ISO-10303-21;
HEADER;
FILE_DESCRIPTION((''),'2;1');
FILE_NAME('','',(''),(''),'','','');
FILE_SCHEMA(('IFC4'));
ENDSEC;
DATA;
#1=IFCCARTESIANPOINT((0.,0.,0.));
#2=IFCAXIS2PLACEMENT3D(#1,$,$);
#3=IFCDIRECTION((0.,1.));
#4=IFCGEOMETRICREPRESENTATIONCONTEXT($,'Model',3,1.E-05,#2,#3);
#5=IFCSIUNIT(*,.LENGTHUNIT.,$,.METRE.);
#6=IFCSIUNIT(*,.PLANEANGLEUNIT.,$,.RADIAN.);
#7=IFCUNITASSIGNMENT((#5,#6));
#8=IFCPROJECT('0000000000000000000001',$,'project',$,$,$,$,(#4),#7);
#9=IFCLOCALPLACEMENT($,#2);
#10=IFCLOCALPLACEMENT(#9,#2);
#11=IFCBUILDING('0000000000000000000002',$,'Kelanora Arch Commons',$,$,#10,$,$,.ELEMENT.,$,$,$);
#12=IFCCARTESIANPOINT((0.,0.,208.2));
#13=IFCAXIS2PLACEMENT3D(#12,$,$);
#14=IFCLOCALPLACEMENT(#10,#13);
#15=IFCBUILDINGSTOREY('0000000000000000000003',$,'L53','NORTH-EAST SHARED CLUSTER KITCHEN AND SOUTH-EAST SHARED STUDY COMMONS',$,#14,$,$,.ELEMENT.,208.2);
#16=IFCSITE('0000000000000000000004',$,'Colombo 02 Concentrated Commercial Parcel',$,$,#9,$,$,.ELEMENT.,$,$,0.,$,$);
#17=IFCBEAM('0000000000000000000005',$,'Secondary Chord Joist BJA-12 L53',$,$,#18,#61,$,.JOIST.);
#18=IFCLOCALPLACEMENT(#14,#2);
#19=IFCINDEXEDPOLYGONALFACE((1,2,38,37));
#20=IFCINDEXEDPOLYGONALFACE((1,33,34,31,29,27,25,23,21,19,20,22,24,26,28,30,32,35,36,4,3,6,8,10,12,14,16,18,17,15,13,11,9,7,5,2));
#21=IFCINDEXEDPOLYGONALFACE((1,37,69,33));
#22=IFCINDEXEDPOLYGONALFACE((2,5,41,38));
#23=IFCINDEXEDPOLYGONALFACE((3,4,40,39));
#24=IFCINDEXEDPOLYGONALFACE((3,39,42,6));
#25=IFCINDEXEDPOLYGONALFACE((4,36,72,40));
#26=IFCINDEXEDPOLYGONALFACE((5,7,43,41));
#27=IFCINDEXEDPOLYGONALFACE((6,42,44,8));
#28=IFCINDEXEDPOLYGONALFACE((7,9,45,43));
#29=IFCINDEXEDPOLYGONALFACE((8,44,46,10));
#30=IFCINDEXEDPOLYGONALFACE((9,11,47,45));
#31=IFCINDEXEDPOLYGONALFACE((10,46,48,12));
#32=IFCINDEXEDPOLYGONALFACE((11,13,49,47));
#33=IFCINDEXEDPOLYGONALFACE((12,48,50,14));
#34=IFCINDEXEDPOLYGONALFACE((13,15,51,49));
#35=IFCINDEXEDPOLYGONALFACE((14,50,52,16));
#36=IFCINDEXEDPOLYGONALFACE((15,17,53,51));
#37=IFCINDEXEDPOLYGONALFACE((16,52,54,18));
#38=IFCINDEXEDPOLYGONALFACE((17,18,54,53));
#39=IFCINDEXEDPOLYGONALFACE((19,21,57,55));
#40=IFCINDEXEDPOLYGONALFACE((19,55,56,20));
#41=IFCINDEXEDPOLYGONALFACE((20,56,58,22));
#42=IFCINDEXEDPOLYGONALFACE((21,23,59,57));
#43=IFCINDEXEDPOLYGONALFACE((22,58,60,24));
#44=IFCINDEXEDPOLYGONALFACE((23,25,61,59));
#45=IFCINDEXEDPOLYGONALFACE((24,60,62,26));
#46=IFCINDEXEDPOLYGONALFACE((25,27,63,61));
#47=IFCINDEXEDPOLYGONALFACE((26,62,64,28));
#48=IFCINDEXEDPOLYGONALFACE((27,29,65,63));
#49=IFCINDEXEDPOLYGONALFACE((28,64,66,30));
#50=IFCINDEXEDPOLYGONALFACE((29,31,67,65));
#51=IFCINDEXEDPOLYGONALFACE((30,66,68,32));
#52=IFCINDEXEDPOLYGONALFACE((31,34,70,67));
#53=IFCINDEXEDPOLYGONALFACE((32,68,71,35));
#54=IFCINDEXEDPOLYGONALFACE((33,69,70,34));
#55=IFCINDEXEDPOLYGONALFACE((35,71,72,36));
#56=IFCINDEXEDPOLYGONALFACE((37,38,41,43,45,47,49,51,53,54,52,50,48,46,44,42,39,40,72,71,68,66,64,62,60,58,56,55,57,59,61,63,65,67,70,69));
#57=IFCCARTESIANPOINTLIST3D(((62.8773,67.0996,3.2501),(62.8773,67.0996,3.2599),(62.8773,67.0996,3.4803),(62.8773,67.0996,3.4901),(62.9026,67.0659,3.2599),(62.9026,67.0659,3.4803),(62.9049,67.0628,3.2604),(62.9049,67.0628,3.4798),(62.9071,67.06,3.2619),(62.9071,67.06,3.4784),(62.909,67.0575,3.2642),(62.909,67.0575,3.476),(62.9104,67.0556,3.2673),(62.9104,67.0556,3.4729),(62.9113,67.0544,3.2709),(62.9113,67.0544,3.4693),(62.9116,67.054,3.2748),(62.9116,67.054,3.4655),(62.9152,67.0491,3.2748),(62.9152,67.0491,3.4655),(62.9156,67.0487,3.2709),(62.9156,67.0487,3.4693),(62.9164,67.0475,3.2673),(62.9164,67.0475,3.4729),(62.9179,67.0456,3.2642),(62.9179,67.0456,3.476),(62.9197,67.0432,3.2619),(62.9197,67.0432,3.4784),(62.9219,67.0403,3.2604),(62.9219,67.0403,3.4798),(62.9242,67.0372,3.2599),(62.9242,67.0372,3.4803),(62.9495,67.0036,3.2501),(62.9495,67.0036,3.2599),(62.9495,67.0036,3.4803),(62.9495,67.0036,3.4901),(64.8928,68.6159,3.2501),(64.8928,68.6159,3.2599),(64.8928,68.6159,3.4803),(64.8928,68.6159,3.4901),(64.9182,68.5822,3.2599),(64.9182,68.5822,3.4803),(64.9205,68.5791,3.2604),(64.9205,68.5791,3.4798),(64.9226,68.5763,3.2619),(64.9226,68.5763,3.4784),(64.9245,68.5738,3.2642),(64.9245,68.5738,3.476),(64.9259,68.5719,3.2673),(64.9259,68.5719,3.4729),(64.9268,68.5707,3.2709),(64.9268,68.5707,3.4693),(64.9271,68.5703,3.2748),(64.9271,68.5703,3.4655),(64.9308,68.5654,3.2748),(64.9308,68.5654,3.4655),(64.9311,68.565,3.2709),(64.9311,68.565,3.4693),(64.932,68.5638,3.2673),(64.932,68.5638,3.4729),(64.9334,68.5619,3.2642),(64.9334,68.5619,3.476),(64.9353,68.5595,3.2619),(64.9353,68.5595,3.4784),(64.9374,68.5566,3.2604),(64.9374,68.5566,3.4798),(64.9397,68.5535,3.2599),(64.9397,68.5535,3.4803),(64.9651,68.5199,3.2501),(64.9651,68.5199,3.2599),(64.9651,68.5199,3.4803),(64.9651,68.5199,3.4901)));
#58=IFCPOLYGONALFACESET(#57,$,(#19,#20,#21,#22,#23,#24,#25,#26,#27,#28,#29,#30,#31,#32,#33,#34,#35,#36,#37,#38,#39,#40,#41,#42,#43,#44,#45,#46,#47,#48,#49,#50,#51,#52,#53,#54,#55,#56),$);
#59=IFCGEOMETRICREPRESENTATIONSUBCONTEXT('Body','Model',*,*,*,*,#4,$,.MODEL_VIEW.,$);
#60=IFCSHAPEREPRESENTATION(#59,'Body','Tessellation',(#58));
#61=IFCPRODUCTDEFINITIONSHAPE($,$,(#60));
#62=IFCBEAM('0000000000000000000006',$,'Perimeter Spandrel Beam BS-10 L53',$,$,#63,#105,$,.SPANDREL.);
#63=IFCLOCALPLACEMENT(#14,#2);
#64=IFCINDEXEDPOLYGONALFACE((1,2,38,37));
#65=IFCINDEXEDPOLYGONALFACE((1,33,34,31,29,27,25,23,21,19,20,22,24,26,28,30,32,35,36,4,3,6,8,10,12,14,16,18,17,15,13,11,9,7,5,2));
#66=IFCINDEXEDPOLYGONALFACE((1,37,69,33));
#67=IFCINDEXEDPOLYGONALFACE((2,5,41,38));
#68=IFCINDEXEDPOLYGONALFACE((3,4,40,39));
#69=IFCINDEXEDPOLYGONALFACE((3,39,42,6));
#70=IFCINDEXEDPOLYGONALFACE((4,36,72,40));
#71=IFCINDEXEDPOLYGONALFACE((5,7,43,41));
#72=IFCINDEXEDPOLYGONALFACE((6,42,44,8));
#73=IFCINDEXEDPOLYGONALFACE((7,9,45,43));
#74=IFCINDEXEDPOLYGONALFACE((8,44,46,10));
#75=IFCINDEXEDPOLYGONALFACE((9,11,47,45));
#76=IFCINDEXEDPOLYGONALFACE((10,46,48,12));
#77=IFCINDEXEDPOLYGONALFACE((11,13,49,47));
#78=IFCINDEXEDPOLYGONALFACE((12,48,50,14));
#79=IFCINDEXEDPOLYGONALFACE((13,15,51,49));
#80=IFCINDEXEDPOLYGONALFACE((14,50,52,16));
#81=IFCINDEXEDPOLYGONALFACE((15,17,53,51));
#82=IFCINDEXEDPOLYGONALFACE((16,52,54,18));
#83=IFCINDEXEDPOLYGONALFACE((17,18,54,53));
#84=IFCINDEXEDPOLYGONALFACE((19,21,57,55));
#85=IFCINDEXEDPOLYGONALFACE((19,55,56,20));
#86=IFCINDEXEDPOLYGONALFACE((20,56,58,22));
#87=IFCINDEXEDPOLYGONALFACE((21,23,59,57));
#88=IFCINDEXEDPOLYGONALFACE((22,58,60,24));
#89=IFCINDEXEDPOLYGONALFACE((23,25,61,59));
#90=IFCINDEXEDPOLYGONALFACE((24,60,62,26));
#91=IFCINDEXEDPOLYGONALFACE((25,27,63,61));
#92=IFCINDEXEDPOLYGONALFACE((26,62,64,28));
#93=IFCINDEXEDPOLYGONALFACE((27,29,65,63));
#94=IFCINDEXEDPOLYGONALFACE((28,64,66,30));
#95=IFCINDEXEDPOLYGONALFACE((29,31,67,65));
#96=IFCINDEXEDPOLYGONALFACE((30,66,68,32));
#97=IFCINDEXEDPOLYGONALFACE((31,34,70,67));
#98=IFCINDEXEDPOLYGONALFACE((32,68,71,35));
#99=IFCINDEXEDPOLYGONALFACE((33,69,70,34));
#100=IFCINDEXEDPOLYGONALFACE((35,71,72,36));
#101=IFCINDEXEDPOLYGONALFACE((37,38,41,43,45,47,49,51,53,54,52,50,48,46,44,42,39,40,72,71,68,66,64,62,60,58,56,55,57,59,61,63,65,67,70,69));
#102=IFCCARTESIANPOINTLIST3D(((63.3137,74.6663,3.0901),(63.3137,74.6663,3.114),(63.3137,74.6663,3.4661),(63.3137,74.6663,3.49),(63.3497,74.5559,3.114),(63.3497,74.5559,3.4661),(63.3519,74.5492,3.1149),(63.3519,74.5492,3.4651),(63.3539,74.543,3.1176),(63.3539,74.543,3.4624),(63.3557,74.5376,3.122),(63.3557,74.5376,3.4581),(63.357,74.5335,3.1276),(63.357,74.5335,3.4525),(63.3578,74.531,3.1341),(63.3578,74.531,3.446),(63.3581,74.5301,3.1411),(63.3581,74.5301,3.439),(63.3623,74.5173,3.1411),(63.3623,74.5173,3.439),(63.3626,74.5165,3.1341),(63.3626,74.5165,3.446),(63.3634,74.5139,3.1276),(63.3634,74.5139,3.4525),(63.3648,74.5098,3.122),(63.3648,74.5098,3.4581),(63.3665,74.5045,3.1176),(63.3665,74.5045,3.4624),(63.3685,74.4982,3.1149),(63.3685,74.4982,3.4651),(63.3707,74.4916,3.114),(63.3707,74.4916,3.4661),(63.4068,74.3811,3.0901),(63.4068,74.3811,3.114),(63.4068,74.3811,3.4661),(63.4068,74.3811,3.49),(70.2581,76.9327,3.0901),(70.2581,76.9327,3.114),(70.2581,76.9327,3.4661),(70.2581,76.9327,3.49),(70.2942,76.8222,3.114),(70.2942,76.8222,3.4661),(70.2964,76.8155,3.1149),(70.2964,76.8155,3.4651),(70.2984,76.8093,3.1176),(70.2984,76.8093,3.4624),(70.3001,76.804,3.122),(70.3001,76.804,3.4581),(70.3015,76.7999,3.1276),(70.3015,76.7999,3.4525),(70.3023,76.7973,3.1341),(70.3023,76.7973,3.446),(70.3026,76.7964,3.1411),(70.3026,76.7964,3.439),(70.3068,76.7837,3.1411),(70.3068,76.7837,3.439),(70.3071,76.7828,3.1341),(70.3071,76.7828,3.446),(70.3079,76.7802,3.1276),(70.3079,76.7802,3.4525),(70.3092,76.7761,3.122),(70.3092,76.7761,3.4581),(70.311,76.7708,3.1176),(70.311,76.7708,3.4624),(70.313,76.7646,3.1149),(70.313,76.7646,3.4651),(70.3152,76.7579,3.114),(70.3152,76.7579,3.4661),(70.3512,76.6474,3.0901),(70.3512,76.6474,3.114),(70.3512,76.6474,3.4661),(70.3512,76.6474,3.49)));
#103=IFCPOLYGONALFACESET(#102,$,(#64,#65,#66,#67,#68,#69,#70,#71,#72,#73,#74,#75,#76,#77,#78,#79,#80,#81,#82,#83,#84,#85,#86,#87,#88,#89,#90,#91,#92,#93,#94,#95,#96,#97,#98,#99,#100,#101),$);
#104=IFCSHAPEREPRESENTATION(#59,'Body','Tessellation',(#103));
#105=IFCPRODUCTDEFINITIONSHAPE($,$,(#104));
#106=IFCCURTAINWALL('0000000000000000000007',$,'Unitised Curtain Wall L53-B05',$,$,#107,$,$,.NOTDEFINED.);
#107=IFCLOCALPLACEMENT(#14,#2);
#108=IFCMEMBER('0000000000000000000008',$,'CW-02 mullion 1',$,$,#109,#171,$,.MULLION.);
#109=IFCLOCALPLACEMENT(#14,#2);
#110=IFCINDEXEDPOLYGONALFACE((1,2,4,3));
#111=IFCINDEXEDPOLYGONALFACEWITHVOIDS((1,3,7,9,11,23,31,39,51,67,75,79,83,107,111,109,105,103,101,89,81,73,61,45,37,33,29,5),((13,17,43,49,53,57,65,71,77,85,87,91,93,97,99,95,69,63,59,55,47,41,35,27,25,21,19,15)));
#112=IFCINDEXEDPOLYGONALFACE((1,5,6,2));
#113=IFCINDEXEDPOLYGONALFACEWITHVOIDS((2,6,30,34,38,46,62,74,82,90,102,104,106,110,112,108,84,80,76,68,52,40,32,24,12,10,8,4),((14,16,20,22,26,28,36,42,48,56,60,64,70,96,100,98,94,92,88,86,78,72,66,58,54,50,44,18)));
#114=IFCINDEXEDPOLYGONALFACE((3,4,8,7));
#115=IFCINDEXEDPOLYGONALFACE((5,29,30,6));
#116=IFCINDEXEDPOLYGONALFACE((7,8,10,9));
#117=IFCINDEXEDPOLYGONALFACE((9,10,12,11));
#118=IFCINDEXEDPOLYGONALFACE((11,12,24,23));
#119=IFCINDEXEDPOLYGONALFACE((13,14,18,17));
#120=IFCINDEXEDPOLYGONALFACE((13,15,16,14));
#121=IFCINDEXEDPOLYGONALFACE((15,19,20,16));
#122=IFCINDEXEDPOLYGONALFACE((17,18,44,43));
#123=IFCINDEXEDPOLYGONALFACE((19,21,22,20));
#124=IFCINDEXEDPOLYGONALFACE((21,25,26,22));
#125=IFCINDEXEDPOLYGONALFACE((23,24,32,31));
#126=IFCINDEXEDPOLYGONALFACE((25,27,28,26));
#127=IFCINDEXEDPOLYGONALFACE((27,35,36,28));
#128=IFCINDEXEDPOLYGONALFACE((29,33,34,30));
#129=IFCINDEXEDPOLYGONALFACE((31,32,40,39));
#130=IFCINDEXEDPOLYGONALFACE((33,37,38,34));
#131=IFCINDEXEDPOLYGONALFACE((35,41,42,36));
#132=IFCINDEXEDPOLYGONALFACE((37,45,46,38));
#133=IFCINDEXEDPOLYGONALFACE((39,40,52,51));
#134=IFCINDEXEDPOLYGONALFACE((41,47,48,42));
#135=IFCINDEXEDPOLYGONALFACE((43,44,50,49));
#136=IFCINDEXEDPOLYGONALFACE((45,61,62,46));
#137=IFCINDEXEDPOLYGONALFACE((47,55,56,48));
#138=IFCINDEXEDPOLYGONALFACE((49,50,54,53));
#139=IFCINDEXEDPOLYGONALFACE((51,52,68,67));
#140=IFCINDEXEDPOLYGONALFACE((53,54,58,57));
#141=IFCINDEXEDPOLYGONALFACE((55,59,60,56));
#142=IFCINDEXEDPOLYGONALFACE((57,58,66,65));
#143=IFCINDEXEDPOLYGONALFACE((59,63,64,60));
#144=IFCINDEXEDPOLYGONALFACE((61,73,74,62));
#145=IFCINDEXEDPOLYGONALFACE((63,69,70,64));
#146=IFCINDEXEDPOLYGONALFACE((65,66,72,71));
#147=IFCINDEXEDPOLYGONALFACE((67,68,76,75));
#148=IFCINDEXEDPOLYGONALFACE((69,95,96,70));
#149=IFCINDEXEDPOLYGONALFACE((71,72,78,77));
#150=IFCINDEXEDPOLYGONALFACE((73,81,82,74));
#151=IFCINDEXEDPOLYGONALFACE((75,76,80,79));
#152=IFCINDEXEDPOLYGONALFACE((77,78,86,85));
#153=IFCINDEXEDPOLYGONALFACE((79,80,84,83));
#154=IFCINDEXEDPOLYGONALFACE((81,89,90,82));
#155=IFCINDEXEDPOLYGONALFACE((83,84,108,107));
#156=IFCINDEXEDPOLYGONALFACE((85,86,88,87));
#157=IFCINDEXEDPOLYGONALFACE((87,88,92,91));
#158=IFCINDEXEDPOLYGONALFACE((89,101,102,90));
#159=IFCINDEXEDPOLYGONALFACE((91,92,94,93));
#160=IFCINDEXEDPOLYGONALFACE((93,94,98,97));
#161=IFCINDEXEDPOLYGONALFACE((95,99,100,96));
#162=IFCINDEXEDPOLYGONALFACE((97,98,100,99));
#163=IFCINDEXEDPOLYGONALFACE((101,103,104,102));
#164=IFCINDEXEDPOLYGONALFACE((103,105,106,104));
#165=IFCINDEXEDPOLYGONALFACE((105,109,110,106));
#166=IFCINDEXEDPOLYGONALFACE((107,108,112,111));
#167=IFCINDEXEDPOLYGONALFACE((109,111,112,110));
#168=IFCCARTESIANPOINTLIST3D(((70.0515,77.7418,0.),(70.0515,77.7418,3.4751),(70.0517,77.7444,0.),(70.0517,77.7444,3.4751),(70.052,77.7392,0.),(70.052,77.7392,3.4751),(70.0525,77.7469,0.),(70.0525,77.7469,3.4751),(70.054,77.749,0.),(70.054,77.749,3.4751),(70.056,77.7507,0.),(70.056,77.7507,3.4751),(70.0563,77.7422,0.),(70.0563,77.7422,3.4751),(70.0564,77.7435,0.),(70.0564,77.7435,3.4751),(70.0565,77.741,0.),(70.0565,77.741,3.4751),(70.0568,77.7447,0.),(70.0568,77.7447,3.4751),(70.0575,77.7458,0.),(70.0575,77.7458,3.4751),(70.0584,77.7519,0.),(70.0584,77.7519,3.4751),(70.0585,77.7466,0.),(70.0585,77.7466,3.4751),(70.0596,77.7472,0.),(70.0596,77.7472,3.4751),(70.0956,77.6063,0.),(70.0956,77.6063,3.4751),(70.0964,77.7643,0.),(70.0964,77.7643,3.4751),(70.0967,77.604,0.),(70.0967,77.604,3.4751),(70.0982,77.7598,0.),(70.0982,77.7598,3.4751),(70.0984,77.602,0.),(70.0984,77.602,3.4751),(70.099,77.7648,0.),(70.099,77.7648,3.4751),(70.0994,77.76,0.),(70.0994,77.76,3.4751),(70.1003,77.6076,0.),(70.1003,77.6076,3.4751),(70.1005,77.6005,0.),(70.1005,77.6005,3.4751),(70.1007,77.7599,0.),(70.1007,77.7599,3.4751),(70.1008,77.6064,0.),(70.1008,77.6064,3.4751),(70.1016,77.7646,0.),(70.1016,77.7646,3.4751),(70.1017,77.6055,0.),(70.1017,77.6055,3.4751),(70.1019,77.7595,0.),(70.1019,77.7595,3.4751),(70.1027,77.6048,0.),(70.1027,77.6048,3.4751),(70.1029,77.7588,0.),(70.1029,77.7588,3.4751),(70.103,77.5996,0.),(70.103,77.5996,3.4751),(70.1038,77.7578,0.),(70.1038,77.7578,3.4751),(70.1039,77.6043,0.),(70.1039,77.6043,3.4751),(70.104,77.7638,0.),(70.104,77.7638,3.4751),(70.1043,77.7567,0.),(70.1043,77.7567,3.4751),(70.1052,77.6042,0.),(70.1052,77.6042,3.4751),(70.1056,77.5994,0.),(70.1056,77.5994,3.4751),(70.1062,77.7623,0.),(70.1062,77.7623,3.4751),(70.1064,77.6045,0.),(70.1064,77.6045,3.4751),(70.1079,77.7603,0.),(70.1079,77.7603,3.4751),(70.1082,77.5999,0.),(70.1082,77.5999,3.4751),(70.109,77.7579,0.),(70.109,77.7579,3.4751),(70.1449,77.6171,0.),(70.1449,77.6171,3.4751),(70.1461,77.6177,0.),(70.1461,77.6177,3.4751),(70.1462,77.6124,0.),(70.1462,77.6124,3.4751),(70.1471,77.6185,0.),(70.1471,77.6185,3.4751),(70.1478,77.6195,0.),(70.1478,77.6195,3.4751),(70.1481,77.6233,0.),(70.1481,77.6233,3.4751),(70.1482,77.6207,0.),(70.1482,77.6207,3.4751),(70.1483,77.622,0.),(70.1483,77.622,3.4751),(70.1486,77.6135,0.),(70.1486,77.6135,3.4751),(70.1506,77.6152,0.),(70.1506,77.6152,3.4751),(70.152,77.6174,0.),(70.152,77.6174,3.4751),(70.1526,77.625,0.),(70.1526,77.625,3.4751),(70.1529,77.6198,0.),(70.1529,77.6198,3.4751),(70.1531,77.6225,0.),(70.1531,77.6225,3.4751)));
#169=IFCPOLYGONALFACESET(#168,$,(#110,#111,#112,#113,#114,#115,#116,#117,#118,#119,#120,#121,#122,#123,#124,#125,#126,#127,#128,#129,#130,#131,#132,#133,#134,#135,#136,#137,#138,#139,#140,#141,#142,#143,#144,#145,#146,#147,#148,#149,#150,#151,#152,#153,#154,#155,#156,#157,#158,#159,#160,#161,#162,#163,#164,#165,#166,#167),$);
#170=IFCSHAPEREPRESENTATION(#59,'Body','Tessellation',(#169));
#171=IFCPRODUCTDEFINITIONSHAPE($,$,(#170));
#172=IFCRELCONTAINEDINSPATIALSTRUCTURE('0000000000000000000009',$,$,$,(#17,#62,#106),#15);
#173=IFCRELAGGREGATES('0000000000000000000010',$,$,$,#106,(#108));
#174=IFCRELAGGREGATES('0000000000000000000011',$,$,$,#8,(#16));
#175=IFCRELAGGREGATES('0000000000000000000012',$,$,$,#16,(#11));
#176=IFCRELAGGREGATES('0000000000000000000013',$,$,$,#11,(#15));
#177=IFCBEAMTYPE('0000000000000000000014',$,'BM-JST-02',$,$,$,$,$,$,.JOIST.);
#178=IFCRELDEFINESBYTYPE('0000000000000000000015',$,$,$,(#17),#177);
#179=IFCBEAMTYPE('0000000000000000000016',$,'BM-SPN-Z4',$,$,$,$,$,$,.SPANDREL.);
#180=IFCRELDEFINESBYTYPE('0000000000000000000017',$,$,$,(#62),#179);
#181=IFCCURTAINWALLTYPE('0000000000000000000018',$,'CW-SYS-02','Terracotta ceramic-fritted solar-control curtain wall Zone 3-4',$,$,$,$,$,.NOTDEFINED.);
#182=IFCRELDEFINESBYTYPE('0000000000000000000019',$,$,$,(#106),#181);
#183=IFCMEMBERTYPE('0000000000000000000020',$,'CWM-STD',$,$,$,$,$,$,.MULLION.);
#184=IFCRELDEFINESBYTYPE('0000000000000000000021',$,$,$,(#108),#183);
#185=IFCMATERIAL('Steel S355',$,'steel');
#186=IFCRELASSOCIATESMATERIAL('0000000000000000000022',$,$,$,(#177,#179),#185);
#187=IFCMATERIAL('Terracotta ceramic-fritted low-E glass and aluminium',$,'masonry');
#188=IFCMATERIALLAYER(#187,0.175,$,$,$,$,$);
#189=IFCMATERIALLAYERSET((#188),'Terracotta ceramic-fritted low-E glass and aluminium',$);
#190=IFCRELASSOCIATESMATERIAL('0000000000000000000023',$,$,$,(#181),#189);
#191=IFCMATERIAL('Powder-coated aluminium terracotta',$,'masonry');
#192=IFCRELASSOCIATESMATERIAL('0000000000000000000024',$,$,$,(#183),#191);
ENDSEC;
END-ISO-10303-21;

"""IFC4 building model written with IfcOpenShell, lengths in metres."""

from ifc_helpers import new_model, si_unit, direction, frame, origin, origin_2d, place, context, subcontext, project, spatial, hollow_rectangle, i_section, extrude, material, layer, layer_set, material_profile, profile_set, type_object, element, aggregate, save


model = new_model("IFC4")

# Units and contexts
model_context = context("Model", 3, precision=1e-05, world=origin(), true_north=direction((0.0, 1.0)))
body_context = subcontext(model_context, "Body", "Model", "MODEL_VIEW")
ifc_project = project(units=[si_unit("LENGTHUNIT", "METRE"), si_unit("PLANEANGLEUNIT", "RADIAN")], contexts=[model_context])

# Site, building, storey
site_placement = place(None, origin())
site = spatial("IfcSite", under=ifc_project, at=site_placement, Name="Colombo 02 Concentrated Commercial Parcel", CompositionType="ELEMENT", RefElevation=0.0)
building_placement = place(site_placement, origin())
building = spatial("IfcBuilding", under=site, at=building_placement, Name="Kelanora Arch Commons", CompositionType="ELEMENT")
storey_placement = place(building_placement, frame((0.0, 0.0, 208.2)))
storey = spatial("IfcBuildingStorey", under=building, at=storey_placement, Name="L53", Description="NORTH-EAST SHARED CLUSTER KITCHEN AND SOUTH-EAST SHARED STUDY COMMONS", CompositionType="ELEMENT", Elevation=208.2)

# Beams
ifc_material_1 = material(Name="Steel S355", Category="steel")
ifc_material_profile_1 = material_profile(ifc_material_1, i_section(OverallWidth=0.1201, OverallDepth=0.24, WebThickness=0.0061, FlangeThickness=0.0098, FilletRadius=0.0149, at=origin_2d()), Name="IPE240")
ifc_profile_set_1 = profile_set([ifc_material_profile_1], Name="Steel S355")
beam_type_1 = type_object("IfcBeamType", Name="BM-JST-02", PredefinedType="JOIST", material=ifc_profile_set_1)
beam_1_placement = place(storey_placement, frame((64.929, 68.5679, 3.3701), z_axis=(-0.799116, -0.601176, 0.0), x_axis=(0.601176, -0.799116, 0.0)))
element("IfcBeam", 1, at=beam_1_placement, inside=storey, type_object=beam_type_1, Name="Secondary Chord Joist BJA-12 L53", PredefinedType="JOIST", context=body_context, shape_type="SweptSolid", body=[
    extrude(i_section(OverallWidth=0.1201, OverallDepth=0.24, WebThickness=0.0061, FlangeThickness=0.0098, FilletRadius=0.0149, at=origin_2d()), origin(), (0.0, 0.0, 1.0), 2.5222),
])
ifc_material_profile_2 = material_profile(ifc_material_1, i_section(OverallWidth=0.3, OverallDepth=0.3999, WebThickness=0.0134, FlangeThickness=0.0239, FilletRadius=0.0271, at=origin_2d()), Name="HEB400")
ifc_profile_set_2 = profile_set([ifc_material_profile_2], Name="Steel S355")
beam_type_2 = type_object("IfcBeamType", Name="BM-SPN-Z4", PredefinedType="SPANDREL", material=ifc_profile_set_2)
beam_2_placement = place(storey_placement, frame((70.3047, 76.79, 3.29), z_axis=(-0.950656, -0.310246, 0.0), x_axis=(0.310246, -0.950656, 0.0)))
element("IfcBeam", 2, at=beam_2_placement, inside=storey, type_object=beam_type_2, Name="Perimeter Spandrel Beam BS-10 L53", PredefinedType="SPANDREL", context=body_context, shape_type="SweptSolid", body=[
    extrude(i_section(OverallWidth=0.3, OverallDepth=0.3999, WebThickness=0.0134, FlangeThickness=0.0239, FilletRadius=0.0271, at=origin_2d()), origin(), (0.0, 0.0, 1.0), 7.3049),
])

# Curtain wall, member
ifc_material_2 = material(Name="Terracotta ceramic-fritted low-E glass and aluminium", Category="masonry")
ifc_layer_1 = layer(ifc_material_2, 0.175)
ifc_layer_set_1 = layer_set([ifc_layer_1], Name="Terracotta ceramic-fritted low-E glass and aluminium")
curtain_wall_type = type_object("IfcCurtainWallType", Name="CW-SYS-02", Description="Terracotta ceramic-fritted solar-control curtain wall Zone 3-4", PredefinedType="NOTDEFINED", material=ifc_layer_set_1)
curtain_wall_placement = place(storey_placement, origin())
curtain_wall = element("IfcCurtainWall", 3, at=curtain_wall_placement, inside=storey, type_object=curtain_wall_type, Name="Unitised Curtain Wall L53-B05", PredefinedType="NOTDEFINED")
ifc_material_3 = material(Name="Powder-coated aluminium terracotta", Category="masonry")
ifc_material_profile_3 = material_profile(ifc_material_3, hollow_rectangle(XDim=0.1599, YDim=0.0601, WallThickness=0.0049, InnerFilletRadius=0.0049, OuterFilletRadius=0.01, at=origin_2d()), Name="CWM160x60")
ifc_profile_set_3 = profile_set([ifc_material_profile_3], Name="Powder-coated aluminium terracotta")
member_type_1 = type_object("IfcMemberType", Name="CWM-STD", PredefinedType="MULLION", material=ifc_profile_set_3)
member_1_placement = place(storey_placement, frame((70.1023, 77.6821, 0.0), z_axis=(0.0, 0.0, 1.0), x_axis=(0.311582, -0.950219, 0.0)))
member_1 = element("IfcMember", 4, at=member_1_placement, type_object=member_type_1, Name="CW-02 mullion 1", PredefinedType="MULLION", context=body_context, shape_type="SweptSolid", body=[
    extrude(hollow_rectangle(XDim=0.1599, YDim=0.0601, WallThickness=0.0049, InnerFilletRadius=0.0049, OuterFilletRadius=0.01, at=origin_2d()), origin(), (0.0, 0.0, 1.0), 3.4751),
])
aggregate(curtain_wall, [member_1])

save(model, "model.ifc")
